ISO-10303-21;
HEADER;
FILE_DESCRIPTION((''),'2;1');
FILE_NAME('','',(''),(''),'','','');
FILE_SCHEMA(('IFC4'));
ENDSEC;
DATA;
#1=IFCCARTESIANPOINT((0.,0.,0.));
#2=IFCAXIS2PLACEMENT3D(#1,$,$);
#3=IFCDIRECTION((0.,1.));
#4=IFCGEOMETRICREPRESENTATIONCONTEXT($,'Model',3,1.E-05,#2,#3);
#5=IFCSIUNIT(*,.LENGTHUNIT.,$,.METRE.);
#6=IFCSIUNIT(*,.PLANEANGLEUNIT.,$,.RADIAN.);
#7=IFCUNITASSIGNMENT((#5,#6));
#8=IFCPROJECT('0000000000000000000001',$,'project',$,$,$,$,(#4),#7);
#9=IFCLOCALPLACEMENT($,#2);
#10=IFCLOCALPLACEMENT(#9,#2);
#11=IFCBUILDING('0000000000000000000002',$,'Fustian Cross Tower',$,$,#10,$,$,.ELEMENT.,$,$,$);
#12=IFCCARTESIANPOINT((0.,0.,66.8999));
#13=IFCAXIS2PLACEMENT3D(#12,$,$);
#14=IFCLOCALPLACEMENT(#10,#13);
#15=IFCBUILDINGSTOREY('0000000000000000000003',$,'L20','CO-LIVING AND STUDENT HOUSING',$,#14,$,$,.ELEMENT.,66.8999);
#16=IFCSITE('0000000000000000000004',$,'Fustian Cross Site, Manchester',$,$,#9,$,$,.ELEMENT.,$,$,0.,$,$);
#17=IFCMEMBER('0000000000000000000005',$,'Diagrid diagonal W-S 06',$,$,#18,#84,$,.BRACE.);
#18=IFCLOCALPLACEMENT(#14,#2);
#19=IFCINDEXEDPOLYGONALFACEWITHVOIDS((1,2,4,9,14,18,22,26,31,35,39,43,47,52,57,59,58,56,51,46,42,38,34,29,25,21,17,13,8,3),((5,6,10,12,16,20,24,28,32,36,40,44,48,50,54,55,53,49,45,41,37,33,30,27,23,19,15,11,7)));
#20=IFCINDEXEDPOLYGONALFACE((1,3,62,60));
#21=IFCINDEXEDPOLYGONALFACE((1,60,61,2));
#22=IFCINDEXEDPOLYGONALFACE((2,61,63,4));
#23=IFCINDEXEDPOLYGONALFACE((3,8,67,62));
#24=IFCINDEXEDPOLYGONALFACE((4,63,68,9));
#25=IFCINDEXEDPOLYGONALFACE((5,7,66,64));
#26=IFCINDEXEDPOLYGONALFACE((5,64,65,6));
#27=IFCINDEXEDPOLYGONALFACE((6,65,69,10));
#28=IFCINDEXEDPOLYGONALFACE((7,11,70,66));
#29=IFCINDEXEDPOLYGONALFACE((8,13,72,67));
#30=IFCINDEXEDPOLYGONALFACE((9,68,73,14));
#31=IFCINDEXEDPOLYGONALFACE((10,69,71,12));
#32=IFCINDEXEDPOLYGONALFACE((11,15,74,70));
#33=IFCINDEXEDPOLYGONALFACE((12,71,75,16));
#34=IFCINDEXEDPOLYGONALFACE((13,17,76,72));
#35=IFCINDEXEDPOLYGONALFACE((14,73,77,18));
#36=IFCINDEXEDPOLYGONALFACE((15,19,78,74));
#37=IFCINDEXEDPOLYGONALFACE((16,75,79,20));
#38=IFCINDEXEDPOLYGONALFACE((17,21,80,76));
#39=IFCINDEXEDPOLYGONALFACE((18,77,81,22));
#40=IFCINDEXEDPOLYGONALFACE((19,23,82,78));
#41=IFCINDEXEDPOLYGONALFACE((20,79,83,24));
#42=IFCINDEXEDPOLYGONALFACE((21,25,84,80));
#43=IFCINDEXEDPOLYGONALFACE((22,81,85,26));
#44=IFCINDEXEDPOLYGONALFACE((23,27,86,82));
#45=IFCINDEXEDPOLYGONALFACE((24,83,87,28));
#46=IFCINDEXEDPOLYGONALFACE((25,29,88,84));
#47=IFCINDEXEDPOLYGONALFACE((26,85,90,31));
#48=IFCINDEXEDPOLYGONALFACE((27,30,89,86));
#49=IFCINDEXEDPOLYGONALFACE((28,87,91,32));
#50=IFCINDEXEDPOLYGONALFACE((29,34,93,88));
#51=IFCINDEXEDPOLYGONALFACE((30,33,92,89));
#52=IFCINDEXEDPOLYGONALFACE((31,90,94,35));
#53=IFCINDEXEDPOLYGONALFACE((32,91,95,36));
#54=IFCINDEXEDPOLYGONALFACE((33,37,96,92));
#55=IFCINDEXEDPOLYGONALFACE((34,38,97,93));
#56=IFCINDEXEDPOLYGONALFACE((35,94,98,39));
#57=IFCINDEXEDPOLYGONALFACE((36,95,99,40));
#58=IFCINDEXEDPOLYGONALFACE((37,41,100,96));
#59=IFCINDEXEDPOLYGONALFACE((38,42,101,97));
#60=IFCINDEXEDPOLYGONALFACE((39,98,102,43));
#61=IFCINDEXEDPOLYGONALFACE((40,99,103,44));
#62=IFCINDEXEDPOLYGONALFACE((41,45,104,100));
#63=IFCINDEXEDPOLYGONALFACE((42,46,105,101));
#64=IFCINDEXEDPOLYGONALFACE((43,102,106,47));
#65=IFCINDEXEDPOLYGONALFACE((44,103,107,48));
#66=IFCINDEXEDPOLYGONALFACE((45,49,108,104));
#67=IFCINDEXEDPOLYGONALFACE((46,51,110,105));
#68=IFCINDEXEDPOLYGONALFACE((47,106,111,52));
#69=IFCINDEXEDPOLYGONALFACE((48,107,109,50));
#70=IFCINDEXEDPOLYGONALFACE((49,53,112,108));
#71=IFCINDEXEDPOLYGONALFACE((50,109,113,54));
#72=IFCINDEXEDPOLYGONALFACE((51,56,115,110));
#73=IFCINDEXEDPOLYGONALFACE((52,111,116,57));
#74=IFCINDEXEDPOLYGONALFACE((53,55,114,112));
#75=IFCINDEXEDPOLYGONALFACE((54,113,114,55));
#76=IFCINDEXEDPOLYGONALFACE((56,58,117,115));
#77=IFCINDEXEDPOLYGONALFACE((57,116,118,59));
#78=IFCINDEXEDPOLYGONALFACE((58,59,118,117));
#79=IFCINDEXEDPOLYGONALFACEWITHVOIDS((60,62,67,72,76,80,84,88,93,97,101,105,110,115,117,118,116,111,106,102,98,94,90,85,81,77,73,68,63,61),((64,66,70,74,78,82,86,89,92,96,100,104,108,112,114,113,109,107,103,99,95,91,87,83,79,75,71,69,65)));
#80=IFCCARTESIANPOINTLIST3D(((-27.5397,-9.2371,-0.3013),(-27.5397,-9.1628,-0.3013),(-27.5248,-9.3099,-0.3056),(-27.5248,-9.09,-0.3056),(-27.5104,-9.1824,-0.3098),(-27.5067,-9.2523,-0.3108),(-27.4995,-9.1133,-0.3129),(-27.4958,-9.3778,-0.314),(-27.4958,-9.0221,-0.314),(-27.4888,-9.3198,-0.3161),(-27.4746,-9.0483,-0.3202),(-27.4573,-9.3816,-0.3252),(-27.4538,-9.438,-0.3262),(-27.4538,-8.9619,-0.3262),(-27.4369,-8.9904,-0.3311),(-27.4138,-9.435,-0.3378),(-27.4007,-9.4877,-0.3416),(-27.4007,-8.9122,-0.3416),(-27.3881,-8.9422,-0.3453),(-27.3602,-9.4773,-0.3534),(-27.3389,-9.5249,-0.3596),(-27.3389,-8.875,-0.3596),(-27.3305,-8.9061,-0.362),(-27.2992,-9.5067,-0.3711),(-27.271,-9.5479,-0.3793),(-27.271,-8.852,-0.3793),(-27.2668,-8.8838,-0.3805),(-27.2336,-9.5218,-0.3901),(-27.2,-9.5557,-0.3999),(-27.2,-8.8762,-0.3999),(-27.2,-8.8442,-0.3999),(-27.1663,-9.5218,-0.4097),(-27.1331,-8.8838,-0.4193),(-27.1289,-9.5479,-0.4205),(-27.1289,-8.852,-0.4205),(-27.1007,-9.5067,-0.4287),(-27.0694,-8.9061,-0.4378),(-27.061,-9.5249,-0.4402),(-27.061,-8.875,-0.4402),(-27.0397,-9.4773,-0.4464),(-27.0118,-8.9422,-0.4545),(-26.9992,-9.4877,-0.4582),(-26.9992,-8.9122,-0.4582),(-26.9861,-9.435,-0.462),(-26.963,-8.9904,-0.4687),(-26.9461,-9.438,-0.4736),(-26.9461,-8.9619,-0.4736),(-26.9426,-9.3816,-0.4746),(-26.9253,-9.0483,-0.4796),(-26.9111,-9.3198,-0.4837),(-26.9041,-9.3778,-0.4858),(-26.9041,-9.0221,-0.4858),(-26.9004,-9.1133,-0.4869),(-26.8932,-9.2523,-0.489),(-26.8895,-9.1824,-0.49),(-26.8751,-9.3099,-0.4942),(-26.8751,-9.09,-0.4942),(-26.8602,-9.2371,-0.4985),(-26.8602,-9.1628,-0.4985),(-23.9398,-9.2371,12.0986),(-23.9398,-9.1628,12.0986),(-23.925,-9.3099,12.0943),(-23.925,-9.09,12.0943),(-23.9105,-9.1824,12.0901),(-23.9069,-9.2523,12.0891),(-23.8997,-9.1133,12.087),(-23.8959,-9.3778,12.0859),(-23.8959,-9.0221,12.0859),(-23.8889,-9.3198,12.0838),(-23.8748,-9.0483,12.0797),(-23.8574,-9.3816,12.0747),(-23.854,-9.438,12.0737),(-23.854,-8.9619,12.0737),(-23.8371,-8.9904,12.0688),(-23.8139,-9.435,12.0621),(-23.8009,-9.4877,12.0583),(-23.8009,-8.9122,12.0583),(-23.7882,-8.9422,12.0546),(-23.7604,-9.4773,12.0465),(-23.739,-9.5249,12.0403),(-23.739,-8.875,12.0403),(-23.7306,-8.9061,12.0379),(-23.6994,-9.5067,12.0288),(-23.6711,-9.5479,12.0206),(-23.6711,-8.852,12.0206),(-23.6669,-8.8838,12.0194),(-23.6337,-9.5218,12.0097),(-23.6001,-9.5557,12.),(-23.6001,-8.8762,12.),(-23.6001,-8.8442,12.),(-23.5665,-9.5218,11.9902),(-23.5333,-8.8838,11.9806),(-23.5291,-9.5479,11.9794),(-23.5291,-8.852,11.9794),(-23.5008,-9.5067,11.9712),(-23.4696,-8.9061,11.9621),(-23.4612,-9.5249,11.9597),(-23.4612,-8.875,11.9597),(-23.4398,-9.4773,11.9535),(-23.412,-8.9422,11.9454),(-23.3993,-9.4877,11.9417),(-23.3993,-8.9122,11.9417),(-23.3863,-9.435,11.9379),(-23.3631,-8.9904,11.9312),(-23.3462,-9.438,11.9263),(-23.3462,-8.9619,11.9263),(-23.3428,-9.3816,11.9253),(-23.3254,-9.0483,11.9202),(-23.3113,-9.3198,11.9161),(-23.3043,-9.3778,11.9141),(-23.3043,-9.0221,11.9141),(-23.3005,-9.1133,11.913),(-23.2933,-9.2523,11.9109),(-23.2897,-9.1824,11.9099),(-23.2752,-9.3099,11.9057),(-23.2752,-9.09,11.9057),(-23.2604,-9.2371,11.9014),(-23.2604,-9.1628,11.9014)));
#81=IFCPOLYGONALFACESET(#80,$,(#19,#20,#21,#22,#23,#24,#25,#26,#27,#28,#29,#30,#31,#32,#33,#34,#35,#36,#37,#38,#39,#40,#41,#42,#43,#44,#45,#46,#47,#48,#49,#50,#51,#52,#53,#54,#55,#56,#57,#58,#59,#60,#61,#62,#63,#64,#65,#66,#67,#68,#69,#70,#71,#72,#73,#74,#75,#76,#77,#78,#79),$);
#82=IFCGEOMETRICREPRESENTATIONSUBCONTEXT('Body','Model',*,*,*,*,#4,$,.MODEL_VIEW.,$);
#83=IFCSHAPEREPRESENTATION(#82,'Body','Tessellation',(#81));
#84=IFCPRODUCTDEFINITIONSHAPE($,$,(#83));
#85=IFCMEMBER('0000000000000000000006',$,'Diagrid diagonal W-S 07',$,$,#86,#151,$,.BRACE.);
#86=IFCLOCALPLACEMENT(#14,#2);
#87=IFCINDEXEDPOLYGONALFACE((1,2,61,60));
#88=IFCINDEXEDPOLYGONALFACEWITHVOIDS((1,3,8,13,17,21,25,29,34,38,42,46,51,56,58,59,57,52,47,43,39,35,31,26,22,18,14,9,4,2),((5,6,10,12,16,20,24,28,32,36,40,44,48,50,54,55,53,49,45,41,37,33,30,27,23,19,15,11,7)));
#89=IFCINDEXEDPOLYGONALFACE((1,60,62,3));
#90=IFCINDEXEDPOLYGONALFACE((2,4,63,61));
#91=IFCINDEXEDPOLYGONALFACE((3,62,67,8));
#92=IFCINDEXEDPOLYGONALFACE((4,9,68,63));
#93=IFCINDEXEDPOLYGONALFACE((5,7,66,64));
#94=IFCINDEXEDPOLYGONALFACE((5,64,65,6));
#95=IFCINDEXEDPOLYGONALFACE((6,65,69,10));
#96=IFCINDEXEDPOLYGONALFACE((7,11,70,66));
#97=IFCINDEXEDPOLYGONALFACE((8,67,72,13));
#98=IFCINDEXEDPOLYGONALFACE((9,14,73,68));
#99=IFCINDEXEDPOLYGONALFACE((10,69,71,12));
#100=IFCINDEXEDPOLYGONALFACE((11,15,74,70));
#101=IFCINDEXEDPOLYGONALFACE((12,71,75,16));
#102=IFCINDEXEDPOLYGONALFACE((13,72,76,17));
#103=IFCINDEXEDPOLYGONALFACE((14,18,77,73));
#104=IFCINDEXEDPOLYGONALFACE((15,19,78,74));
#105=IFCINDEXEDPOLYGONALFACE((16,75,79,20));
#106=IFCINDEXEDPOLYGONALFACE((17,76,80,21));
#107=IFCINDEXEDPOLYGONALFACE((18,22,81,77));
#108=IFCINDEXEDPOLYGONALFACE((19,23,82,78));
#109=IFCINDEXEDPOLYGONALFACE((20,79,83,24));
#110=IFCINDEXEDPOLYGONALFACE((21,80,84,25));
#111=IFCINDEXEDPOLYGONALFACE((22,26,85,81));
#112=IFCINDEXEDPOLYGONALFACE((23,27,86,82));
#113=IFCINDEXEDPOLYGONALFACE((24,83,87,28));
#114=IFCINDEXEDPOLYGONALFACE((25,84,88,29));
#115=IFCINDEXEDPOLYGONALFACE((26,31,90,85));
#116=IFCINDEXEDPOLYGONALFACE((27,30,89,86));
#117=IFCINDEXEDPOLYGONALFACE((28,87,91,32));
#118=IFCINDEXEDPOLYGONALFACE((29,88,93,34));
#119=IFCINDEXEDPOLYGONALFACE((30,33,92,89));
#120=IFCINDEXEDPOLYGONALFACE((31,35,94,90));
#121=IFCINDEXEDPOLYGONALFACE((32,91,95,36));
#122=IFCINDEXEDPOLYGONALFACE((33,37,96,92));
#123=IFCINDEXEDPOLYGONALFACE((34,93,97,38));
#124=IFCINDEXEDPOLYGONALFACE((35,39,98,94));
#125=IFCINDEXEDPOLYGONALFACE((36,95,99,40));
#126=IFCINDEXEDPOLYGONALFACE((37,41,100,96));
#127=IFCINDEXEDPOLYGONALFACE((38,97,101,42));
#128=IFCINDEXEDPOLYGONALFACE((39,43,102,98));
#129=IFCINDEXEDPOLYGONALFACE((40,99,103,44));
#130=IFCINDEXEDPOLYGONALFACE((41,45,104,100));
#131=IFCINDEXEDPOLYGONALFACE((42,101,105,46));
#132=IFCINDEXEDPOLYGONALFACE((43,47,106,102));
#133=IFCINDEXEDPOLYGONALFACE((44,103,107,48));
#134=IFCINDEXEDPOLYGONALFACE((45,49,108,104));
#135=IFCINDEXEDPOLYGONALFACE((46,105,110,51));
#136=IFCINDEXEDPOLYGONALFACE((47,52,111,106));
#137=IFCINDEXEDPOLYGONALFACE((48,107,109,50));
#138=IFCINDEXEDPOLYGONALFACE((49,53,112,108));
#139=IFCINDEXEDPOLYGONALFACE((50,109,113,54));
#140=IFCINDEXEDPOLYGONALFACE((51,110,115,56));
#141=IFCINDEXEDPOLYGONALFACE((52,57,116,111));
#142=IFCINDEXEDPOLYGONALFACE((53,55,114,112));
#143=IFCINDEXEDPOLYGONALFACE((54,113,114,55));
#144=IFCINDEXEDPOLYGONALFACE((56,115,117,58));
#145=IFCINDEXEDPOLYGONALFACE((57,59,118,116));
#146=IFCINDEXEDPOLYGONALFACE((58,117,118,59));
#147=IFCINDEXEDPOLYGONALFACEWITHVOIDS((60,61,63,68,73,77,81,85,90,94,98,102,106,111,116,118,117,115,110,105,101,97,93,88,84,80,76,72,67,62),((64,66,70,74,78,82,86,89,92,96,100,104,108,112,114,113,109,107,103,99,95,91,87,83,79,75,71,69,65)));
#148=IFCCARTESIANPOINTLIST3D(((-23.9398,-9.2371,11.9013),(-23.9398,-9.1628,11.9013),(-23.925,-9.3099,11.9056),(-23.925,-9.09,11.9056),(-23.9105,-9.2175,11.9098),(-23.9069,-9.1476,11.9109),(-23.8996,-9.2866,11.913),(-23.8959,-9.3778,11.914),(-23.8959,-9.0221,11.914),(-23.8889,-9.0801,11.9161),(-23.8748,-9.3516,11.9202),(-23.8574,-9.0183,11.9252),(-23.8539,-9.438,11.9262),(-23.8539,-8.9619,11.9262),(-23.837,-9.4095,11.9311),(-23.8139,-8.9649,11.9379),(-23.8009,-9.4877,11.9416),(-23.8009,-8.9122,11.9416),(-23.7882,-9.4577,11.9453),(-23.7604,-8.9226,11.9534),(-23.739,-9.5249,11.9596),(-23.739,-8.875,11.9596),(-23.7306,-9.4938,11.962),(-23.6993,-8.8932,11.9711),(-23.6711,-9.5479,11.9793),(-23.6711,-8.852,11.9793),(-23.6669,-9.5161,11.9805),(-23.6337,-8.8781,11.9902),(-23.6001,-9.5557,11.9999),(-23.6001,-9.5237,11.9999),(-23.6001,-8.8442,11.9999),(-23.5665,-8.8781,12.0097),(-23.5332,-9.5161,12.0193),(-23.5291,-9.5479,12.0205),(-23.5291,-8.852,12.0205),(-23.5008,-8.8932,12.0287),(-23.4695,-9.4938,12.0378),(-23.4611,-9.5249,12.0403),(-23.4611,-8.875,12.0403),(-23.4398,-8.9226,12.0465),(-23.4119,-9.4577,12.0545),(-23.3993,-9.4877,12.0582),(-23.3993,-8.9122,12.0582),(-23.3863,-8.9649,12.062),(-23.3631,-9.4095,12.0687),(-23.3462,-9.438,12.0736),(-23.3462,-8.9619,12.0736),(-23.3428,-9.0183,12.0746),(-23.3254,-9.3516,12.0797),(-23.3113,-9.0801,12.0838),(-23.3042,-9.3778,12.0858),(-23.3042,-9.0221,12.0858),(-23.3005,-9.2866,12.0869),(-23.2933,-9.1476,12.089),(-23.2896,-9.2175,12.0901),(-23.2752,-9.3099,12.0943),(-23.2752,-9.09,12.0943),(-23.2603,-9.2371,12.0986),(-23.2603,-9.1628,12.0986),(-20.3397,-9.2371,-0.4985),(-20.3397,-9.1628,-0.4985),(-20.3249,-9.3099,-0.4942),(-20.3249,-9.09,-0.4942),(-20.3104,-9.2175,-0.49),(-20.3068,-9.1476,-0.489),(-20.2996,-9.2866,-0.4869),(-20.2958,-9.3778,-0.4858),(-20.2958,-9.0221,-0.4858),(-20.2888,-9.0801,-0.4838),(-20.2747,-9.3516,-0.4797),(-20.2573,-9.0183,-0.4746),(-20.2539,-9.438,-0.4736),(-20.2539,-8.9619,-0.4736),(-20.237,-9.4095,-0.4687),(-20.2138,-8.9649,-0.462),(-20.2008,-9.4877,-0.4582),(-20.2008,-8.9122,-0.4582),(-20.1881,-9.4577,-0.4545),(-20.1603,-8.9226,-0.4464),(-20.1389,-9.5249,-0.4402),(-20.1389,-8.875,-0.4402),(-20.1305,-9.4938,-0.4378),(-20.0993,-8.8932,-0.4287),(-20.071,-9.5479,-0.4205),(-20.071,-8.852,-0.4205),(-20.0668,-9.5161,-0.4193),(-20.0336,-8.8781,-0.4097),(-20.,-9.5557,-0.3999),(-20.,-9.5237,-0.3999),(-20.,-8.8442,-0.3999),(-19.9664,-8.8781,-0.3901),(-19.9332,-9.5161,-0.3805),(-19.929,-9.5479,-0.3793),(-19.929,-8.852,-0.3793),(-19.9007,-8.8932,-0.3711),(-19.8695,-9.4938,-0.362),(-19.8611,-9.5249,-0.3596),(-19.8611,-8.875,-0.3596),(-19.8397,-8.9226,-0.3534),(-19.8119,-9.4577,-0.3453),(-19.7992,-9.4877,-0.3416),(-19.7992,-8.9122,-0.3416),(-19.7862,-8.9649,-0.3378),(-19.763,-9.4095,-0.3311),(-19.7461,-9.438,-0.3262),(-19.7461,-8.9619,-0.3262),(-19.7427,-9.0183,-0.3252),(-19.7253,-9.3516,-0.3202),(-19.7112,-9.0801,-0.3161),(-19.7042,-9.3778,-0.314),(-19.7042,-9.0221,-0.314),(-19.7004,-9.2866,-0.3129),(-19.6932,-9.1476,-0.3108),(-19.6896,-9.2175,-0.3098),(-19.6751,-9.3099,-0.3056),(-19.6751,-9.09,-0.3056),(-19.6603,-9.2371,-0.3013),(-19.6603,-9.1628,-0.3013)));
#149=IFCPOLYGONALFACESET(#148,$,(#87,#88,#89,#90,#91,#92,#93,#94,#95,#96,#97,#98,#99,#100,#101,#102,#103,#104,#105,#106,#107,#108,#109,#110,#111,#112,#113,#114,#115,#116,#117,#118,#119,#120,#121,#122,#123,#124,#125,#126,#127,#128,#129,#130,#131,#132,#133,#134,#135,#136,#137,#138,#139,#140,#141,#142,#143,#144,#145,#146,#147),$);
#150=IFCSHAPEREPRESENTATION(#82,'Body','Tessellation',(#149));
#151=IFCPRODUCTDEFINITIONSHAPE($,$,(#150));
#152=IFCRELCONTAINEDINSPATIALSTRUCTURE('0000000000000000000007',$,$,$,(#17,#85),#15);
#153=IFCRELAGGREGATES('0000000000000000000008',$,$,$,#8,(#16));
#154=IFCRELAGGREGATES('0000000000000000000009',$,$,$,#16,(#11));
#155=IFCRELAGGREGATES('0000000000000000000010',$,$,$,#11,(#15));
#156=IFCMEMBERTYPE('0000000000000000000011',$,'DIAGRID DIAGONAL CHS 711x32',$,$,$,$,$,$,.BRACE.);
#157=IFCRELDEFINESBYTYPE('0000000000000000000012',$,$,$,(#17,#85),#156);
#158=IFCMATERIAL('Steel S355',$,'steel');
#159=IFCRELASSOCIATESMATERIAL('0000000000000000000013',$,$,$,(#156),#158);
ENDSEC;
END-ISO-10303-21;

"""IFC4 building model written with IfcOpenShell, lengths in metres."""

from ifc_helpers import new_model, si_unit, direction, frame, origin, origin_2d, place, context, subcontext, project, spatial, hollow_circle, extrude, material, material_profile, profile_set, type_object, element, save


model = new_model("IFC4")

# Units and contexts
model_context = context("Model", 3, precision=1e-05, world=origin(), true_north=direction((0.0, 1.0)))
body_context = subcontext(model_context, "Body", "Model", "MODEL_VIEW")
ifc_project = project(units=[si_unit("LENGTHUNIT", "METRE"), si_unit("PLANEANGLEUNIT", "RADIAN")], contexts=[model_context])

# Site, building, storey
site_placement = place(None, origin())
site = spatial("IfcSite", under=ifc_project, at=site_placement, Name="Fustian Cross Site, Manchester", CompositionType="ELEMENT", RefElevation=0.0)
building_placement = place(site_placement, origin())
building = spatial("IfcBuilding", under=site, at=building_placement, Name="Fustian Cross Tower", CompositionType="ELEMENT")
storey_placement = place(building_placement, frame((0.0, 0.0, 66.8999)))
storey = spatial("IfcBuildingStorey", under=building, at=storey_placement, Name="L20", Description="CO-LIVING AND STUDENT HOUSING", CompositionType="ELEMENT", Elevation=66.8999)

# Members
ifc_material_1 = material(Name="Steel S355", Category="steel")
ifc_material_profile_1 = material_profile(ifc_material_1, hollow_circle(Radius=0.3557, WallThickness=0.032, at=origin_2d()), Name="CHS 711x32")
ifc_profile_set_1 = profile_set([ifc_material_profile_1], Name="Steel S355")
member_type_1 = type_object("IfcMemberType", Name="DIAGRID DIAGONAL CHS 711x32", PredefinedType="BRACE", material=ifc_profile_set_1)
for number, where, z_axis, x_axis, name in (
    (1, (-27.2, -9.2, -0.3999), (0.278802, 0.0, 0.960349), (0.0, 1.0, 0.0), "Diagrid diagonal W-S 06"),
    (2, (-20.0, -9.2, -0.3999), (-0.278819, 0.0, 0.960344), (0.0, -1.0, 0.0), "Diagrid diagonal W-S 07"),
):
    element("IfcMember", number, at=place(storey_placement, frame(where, z_axis=z_axis, x_axis=x_axis)), inside=storey, type_object=member_type_1, Name=name, PredefinedType="BRACE", context=body_context, shape_type="SweptSolid", body=[
        extrude(hollow_circle(Radius=0.3557, WallThickness=0.032, at=origin_2d()), origin(), (0.0, 0.0, 1.0), 12.9119),
    ])

save(model, "model.ifc")
